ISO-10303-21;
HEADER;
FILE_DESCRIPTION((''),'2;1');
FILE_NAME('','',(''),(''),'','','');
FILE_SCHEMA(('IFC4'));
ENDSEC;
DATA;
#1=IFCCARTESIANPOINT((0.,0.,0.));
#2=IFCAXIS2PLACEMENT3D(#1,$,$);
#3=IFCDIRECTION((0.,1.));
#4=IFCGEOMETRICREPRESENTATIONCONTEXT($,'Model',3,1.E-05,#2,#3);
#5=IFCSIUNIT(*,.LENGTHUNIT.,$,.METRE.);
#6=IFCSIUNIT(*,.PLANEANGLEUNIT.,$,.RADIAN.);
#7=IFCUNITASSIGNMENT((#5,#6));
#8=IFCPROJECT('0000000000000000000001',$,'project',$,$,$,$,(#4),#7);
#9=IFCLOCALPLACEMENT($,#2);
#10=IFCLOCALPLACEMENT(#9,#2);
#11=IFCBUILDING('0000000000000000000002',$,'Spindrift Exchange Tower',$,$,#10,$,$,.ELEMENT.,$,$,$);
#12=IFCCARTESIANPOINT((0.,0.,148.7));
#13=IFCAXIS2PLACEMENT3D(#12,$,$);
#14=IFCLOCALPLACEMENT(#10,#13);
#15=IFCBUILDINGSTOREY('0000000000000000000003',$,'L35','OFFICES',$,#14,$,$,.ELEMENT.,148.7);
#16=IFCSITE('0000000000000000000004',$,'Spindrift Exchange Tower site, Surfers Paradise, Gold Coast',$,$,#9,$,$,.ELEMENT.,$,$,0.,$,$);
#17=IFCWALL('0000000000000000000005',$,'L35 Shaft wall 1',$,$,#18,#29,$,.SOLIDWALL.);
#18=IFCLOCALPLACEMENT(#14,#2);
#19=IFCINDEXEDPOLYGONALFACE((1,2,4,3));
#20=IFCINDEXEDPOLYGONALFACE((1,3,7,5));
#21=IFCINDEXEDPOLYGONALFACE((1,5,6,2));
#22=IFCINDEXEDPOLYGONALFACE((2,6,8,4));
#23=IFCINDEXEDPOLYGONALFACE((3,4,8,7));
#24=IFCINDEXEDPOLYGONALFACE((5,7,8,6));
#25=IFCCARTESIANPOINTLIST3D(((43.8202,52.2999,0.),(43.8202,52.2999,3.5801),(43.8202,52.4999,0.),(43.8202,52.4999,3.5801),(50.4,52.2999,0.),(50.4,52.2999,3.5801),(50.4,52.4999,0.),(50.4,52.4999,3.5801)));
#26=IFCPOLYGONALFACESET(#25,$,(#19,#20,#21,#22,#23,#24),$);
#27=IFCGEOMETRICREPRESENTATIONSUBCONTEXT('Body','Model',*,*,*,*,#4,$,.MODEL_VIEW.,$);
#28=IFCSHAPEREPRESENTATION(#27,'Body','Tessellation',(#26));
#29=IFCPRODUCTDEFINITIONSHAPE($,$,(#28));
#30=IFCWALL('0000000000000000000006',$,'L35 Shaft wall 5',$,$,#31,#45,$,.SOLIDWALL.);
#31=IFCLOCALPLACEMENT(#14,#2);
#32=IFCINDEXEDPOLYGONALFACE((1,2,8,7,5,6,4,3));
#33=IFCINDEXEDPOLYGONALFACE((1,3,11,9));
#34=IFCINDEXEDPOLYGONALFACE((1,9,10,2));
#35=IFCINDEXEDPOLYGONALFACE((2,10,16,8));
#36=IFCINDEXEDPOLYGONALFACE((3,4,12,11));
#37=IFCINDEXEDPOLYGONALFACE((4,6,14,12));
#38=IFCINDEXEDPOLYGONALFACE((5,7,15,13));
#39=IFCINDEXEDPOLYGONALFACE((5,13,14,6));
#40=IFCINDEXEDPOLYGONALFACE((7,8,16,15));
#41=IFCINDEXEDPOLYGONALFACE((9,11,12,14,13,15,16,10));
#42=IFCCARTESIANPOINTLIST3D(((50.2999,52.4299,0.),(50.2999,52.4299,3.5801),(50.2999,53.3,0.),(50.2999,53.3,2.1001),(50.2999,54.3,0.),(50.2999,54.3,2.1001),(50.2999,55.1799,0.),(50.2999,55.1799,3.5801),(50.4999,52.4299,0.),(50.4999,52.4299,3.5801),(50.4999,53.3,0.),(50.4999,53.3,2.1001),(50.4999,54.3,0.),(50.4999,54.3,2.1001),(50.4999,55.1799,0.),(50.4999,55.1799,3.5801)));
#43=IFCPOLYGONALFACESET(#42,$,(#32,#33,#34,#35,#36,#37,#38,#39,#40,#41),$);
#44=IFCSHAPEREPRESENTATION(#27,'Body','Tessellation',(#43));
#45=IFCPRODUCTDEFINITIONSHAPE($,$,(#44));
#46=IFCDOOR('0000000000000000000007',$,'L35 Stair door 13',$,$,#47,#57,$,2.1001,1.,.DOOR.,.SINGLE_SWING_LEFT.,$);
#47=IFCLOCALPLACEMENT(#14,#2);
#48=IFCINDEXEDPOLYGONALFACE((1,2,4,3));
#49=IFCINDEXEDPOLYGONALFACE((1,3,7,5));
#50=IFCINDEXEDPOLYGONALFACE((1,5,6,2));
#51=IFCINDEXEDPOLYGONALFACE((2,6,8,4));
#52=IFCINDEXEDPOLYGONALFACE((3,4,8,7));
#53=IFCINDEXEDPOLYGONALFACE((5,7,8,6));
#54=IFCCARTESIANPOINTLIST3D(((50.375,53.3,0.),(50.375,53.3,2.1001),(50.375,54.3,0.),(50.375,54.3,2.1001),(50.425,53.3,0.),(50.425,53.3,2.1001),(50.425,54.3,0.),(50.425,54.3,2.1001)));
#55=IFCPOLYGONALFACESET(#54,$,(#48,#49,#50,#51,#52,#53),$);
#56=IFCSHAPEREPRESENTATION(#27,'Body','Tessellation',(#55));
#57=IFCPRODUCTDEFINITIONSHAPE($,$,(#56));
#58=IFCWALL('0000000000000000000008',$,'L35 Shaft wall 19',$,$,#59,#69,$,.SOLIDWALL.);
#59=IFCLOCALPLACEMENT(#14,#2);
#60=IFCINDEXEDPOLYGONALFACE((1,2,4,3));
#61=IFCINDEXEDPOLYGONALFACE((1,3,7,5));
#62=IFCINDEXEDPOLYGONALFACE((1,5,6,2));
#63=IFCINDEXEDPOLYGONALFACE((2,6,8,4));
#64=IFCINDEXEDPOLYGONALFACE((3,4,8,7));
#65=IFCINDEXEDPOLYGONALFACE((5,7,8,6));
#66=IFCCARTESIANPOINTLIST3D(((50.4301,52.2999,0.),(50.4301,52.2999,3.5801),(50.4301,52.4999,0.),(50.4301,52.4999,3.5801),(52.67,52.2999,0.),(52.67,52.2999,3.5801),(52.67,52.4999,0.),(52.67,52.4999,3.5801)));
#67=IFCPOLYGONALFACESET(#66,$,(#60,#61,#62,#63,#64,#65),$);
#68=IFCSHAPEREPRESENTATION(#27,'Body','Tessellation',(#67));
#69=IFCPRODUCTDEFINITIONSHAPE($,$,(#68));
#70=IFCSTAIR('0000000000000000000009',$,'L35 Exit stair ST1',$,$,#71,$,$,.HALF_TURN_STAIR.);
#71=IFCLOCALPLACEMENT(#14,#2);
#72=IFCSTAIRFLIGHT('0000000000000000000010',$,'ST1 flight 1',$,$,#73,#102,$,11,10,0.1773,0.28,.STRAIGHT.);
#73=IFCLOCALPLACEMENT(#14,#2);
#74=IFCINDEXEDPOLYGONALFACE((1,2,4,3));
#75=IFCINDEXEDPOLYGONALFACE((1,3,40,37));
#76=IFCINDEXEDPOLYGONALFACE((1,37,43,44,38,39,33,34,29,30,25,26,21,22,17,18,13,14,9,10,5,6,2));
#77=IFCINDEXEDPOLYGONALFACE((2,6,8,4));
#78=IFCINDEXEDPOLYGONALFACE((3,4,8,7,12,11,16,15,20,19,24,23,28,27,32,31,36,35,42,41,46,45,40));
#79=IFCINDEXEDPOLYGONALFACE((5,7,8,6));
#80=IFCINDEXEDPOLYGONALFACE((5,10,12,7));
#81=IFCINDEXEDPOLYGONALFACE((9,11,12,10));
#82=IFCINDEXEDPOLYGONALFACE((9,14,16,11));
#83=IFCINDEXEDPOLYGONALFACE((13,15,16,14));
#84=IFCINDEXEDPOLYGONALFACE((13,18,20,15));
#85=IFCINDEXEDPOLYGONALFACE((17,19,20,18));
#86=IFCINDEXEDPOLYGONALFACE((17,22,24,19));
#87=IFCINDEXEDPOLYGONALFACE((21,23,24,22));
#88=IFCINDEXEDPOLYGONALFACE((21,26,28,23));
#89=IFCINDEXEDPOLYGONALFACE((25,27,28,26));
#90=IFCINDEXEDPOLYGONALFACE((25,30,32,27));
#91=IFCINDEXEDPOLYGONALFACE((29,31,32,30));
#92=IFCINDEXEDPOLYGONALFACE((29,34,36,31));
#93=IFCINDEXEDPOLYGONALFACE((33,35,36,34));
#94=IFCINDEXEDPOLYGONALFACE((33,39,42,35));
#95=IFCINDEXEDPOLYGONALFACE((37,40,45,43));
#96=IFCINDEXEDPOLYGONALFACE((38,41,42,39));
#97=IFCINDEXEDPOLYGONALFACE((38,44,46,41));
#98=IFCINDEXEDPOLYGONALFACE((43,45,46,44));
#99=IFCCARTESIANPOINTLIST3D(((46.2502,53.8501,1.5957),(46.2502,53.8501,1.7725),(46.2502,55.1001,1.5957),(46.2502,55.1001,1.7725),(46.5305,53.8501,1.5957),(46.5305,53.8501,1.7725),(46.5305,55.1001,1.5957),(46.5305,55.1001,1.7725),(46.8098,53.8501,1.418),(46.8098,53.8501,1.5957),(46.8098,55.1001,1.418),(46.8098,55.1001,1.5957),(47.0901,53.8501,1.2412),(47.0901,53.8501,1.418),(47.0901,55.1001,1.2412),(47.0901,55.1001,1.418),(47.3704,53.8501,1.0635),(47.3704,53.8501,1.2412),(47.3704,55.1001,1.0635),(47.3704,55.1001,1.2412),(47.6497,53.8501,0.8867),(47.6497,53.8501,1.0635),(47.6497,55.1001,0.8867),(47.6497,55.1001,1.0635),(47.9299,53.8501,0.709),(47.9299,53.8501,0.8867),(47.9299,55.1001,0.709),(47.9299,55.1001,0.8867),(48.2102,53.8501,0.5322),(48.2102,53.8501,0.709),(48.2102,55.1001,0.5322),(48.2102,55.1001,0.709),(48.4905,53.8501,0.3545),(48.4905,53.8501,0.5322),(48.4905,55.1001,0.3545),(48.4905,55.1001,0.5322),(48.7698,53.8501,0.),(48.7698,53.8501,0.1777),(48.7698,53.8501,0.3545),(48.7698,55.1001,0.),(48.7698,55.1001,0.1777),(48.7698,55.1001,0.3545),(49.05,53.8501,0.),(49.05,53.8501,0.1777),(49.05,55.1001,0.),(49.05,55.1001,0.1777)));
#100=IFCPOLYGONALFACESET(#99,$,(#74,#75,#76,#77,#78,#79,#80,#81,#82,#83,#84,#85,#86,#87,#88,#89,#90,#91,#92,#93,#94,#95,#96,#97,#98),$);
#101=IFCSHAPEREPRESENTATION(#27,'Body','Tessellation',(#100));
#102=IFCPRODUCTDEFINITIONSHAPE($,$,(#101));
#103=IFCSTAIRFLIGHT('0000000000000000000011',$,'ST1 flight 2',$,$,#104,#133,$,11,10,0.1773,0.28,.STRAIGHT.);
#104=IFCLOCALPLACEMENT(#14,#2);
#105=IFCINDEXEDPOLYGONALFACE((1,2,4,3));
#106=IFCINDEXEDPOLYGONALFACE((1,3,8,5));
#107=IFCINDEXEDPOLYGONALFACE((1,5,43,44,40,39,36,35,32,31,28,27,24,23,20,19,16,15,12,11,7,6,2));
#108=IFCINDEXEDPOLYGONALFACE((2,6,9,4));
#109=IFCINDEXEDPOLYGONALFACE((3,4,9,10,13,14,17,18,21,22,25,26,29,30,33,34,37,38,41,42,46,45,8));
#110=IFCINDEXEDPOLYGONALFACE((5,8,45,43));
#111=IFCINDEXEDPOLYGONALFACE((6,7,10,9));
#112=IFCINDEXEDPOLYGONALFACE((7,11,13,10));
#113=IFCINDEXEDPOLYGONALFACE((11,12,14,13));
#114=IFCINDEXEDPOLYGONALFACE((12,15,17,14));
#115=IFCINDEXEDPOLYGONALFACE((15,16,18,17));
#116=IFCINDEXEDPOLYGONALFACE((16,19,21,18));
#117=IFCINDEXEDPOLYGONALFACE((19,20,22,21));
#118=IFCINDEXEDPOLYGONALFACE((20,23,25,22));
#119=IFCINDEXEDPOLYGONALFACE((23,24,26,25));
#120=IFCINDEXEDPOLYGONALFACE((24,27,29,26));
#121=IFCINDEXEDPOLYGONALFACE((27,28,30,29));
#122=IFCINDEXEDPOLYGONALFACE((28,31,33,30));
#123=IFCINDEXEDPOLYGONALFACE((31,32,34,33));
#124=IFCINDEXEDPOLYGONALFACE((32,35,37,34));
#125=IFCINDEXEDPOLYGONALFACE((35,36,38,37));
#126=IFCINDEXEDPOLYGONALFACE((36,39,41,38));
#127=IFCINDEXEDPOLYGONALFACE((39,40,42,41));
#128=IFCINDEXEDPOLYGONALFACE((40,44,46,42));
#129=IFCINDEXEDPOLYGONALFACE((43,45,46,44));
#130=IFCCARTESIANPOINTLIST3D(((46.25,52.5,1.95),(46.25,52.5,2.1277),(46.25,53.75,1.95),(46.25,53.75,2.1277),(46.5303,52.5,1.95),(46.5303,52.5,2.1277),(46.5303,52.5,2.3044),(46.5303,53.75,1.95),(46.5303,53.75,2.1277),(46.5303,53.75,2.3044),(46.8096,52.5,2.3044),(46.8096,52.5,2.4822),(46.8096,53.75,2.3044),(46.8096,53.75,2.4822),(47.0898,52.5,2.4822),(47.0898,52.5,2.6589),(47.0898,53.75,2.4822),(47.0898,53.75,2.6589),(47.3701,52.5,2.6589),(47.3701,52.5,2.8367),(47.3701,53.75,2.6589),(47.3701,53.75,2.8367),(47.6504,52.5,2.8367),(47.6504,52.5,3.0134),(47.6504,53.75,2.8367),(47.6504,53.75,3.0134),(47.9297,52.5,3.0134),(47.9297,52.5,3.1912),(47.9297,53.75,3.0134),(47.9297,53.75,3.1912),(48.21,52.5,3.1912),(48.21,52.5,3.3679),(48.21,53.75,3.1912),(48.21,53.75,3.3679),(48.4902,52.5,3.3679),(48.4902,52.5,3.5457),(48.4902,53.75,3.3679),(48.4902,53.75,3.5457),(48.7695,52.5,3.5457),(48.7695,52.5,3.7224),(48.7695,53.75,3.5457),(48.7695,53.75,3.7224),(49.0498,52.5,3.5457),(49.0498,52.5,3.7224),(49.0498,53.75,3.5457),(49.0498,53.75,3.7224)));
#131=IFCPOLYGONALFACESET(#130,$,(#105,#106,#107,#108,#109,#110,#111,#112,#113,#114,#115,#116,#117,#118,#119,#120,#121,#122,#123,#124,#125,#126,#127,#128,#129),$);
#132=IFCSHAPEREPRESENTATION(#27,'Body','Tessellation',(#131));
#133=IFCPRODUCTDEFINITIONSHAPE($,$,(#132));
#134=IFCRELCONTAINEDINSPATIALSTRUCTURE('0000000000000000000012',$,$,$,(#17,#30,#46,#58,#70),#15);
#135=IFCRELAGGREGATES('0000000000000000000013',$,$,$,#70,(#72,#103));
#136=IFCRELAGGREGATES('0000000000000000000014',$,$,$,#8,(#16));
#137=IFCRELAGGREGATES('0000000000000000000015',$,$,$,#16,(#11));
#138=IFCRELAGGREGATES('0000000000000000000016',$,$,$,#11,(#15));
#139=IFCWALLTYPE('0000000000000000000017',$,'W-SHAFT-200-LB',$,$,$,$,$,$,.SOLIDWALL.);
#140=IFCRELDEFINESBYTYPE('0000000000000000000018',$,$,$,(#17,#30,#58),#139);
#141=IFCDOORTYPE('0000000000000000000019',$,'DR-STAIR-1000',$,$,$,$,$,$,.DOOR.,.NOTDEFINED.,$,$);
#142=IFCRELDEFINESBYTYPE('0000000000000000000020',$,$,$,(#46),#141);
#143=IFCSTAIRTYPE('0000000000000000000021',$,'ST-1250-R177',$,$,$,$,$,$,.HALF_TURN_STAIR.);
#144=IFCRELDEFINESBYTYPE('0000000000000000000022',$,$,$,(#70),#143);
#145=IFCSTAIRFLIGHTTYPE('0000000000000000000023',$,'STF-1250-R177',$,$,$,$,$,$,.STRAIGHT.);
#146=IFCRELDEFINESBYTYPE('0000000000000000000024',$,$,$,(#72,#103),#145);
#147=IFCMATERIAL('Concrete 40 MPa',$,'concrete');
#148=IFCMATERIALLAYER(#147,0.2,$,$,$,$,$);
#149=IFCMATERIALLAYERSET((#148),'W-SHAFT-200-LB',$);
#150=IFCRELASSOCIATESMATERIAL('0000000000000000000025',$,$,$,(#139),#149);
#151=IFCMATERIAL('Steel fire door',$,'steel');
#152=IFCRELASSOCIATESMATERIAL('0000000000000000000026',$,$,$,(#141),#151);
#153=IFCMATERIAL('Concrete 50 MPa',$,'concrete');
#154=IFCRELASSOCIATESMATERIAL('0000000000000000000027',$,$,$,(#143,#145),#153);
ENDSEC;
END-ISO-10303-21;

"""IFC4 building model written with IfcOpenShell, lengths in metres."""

from ifc_helpers import new_model, si_unit, direction, frame, frame_2d, origin, place, context, subcontext, project, spatial, line, indexed_curve, rectangle, outline, extrude, source, transform, mapped, material, layer, layer_set, type_object, element, fill, aggregate, save


model = new_model("IFC4")

# Units and contexts
model_context = context("Model", 3, precision=1e-05, world=origin(), true_north=direction((0.0, 1.0)))
body_context = subcontext(model_context, "Body", "Model", "MODEL_VIEW")
ifc_project = project(units=[si_unit("LENGTHUNIT", "METRE"), si_unit("PLANEANGLEUNIT", "RADIAN")], contexts=[model_context])

# Site, building, storey
site_placement = place(None, origin())
site = spatial("IfcSite", under=ifc_project, at=site_placement, Name="Spindrift Exchange Tower site, Surfers Paradise, Gold Coast", CompositionType="ELEMENT", RefElevation=0.0)
building_placement = place(site_placement, origin())
building = spatial("IfcBuilding", under=site, at=building_placement, Name="Spindrift Exchange Tower", CompositionType="ELEMENT")
storey_placement = place(building_placement, frame((0.0, 0.0, 148.7)))
storey = spatial("IfcBuildingStorey", under=building, at=storey_placement, Name="L35", Description="OFFICES", CompositionType="ELEMENT", Elevation=148.7)

# Wall
ifc_material_1 = material(Name="Concrete 40 MPa", Category="concrete")
ifc_layer_1 = layer(ifc_material_1, 0.2)
ifc_layer_set_1 = layer_set([ifc_layer_1], Name="W-SHAFT-200-LB")
wall_type_1 = type_object("IfcWallType", Name="W-SHAFT-200-LB", PredefinedType="SOLIDWALL", material=ifc_layer_set_1)
wall_1_placement = place(storey_placement, frame((43.8201, 52.3999, 0.0), z_axis=(0.0, 0.0, 1.0), x_axis=(1.0, 0.0, 0.0)))
element("IfcWall", 1, at=wall_1_placement, inside=storey, type_object=wall_type_1, Name="L35 Shaft wall 1", PredefinedType="SOLIDWALL", context=body_context, shape_type="SweptSolid", body=[
    extrude(rectangle(XDim=6.5798, YDim=0.2, at=frame_2d((3.29, 0.0))), origin(), (0.0, 0.0, 1.0), 3.5801),
])

# Wall, opening, door
wall_2_placement = place(storey_placement, frame((50.3999, 52.4299, 0.0), z_axis=(0.0, 0.0, 1.0), x_axis=(0.0, 1.0, 0.0)))
wall_2 = element("IfcWall", 2, at=wall_2_placement, inside=storey, type_object=wall_type_1, Name="L35 Shaft wall 5", PredefinedType="SOLIDWALL", context=body_context, shape_type="SweptSolid", body=[
    extrude(rectangle(XDim=2.75, YDim=0.2, at=frame_2d((1.375, 0.0))), origin(), (0.0, 0.0, 1.0), 3.5801),
])
opening_1_placement = place(wall_2_placement, frame((0.8701, 0.0, 0.0)))
opening_1 = element("IfcOpeningElement", 3, at=opening_1_placement, cuts=wall_2, PredefinedType="OPENING", context=body_context, shape_type="SweptSolid", body=[
    extrude(rectangle(XDim=1.0, YDim=2.1001, at=frame_2d((0.5, 1.05))), frame((0.0, 0.1099, 0.0), z_axis=(0.0, -1.0, 0.0), x_axis=(1.0, 0.0, 0.0)), (0.0, 0.0, 1.0), 0.22),
])
ifc_material_2 = material(Name="Steel fire door", Category="steel")
door_type_1 = type_object("IfcDoorType", Name="DR-STAIR-1000", OperationType="NOTDEFINED", PredefinedType="DOOR", material=ifc_material_2)
shared_shape_1 = source(origin(), body_context, "Body", "SweptSolid", [
    extrude(rectangle(XDim=1.0, YDim=2.1001, at=frame_2d((0.5, 1.05))), frame((0.0, 0.0249, 0.0), z_axis=(0.0, -1.0, 0.0), x_axis=(1.0, 0.0, 0.0)), (0.0, 0.0, 1.0), 0.05),
])
door_1_placement = place(opening_1_placement, origin())
door_1 = element("IfcDoor", 4, at=door_1_placement, inside=storey, type_object=door_type_1, Name="L35 Stair door 13", OperationType="SINGLE_SWING_LEFT", OverallHeight=2.1001, OverallWidth=1.0, PredefinedType="DOOR", context=body_context, shape_type="MappedRepresentation", body=[
    mapped(shared_shape_1, transform((0.0, 0.0, 0.0), scale=1.0)),
])
fill(opening_1, door_1)

# Wall
wall_3_placement = place(storey_placement, frame((50.4299, 52.3999, 0.0), z_axis=(0.0, 0.0, 1.0), x_axis=(1.0, 0.0, 0.0)))
element("IfcWall", 5, at=wall_3_placement, inside=storey, type_object=wall_type_1, Name="L35 Shaft wall 19", PredefinedType="SOLIDWALL", context=body_context, shape_type="SweptSolid", body=[
    extrude(rectangle(XDim=2.24, YDim=0.2, at=frame_2d((1.1201, 0.0))), origin(), (0.0, 0.0, 1.0), 3.5801),
])

# Stair, stair flights
ifc_material_3 = material(Name="Concrete 50 MPa", Category="concrete")
stair_type = type_object("IfcStairType", Name="ST-1250-R177", PredefinedType="HALF_TURN_STAIR", material=ifc_material_3)
stair_placement = place(storey_placement, origin())
stair = element("IfcStair", 6, at=stair_placement, inside=storey, type_object=stair_type, Name="L35 Exit stair ST1", PredefinedType="HALF_TURN_STAIR")
stair_flight_type = type_object("IfcStairFlightType", Name="STF-1250-R177", PredefinedType="STRAIGHT", material=ifc_material_3)
stair_flight_1_placement = place(storey_placement, frame((49.05, 54.4751, 0.0), z_axis=(0.0, 0.0, 1.0), x_axis=(-1.0, 0.0, 0.0)))
stair_flight_1 = element("IfcStairFlight", 7, at=stair_flight_1_placement, type_object=stair_flight_type, Name="ST1 flight 1", NumberOfRisers=11, NumberOfTreads=10, PredefinedType="STRAIGHT", RiserHeight=0.1773, TreadLength=0.28, context=body_context, shape_type="SweptSolid", body=[
    extrude(outline(indexed_curve([(0.0, 0.0), (0.0, 0.1777), (0.2803, 0.1777), (0.2803, 0.3545), (0.5596, 0.3545), (0.5596, 0.5322), (0.8398, 0.5322), (0.8398, 0.709), (1.1201, 0.709), (1.1201, 0.8867), (1.4004, 0.8867), (1.4004, 1.0635), (1.6797, 1.0635), (1.6797, 1.2412), (1.96, 1.2412), (1.96, 1.418), (2.2402, 1.418), (2.2402, 1.5957), (2.5195, 1.5957), (2.5195, 1.7725), (2.7998, 1.7725), (2.7998, 1.9502), (2.7998, 1.5957), (0.2803, 0.0)], segments=[line(1, 2, 3, 4, 5, 6, 7, 8, 9, 10, 11, 12, 13, 14, 15, 16, 17, 18, 19, 20, 21, 22, 23, 24, 1)], self_intersect=False)), frame((0.0, 0.625, 0.0), z_axis=(0.0, -1.0, 0.0), x_axis=(1.0, 0.0, 0.0)), (0.0, 0.0, 1.0), 1.25),
])
stair_flight_2_placement = place(storey_placement, frame((46.25, 53.125, 1.95), z_axis=(0.0, 0.0, 1.0), x_axis=(1.0, 0.0, 0.0)))
stair_flight_2 = element("IfcStairFlight", 8, at=stair_flight_2_placement, type_object=stair_flight_type, Name="ST1 flight 2", NumberOfRisers=11, NumberOfTreads=10, PredefinedType="STRAIGHT", RiserHeight=0.1773, TreadLength=0.28, context=body_context, shape_type="SweptSolid", body=[
    extrude(outline(indexed_curve([(0.0, 0.0), (0.0, 0.1777), (0.2803, 0.1777), (0.2803, 0.3545), (0.5596, 0.3545), (0.5596, 0.5322), (0.8398, 0.5322), (0.8398, 0.709), (1.1201, 0.709), (1.1201, 0.8867), (1.4004, 0.8867), (1.4004, 1.0635), (1.6797, 1.0635), (1.6797, 1.2412), (1.96, 1.2412), (1.96, 1.418), (2.2402, 1.418), (2.2402, 1.5957), (2.5195, 1.5957), (2.5195, 1.7725), (2.7998, 1.7725), (2.7998, 1.9502), (2.7998, 1.5957), (0.2803, 0.0)], segments=[line(1, 2, 3, 4, 5, 6, 7, 8, 9, 10, 11, 12, 13, 14, 15, 16, 17, 18, 19, 20, 21, 22, 23, 24, 1)], self_intersect=False)), frame((0.0, 0.625, 0.0), z_axis=(0.0, -1.0, 0.0), x_axis=(1.0, 0.0, 0.0)), (0.0, 0.0, 1.0), 1.25),
])
aggregate(stair, [stair_flight_1, stair_flight_2])

save(model, "model.ifc")
